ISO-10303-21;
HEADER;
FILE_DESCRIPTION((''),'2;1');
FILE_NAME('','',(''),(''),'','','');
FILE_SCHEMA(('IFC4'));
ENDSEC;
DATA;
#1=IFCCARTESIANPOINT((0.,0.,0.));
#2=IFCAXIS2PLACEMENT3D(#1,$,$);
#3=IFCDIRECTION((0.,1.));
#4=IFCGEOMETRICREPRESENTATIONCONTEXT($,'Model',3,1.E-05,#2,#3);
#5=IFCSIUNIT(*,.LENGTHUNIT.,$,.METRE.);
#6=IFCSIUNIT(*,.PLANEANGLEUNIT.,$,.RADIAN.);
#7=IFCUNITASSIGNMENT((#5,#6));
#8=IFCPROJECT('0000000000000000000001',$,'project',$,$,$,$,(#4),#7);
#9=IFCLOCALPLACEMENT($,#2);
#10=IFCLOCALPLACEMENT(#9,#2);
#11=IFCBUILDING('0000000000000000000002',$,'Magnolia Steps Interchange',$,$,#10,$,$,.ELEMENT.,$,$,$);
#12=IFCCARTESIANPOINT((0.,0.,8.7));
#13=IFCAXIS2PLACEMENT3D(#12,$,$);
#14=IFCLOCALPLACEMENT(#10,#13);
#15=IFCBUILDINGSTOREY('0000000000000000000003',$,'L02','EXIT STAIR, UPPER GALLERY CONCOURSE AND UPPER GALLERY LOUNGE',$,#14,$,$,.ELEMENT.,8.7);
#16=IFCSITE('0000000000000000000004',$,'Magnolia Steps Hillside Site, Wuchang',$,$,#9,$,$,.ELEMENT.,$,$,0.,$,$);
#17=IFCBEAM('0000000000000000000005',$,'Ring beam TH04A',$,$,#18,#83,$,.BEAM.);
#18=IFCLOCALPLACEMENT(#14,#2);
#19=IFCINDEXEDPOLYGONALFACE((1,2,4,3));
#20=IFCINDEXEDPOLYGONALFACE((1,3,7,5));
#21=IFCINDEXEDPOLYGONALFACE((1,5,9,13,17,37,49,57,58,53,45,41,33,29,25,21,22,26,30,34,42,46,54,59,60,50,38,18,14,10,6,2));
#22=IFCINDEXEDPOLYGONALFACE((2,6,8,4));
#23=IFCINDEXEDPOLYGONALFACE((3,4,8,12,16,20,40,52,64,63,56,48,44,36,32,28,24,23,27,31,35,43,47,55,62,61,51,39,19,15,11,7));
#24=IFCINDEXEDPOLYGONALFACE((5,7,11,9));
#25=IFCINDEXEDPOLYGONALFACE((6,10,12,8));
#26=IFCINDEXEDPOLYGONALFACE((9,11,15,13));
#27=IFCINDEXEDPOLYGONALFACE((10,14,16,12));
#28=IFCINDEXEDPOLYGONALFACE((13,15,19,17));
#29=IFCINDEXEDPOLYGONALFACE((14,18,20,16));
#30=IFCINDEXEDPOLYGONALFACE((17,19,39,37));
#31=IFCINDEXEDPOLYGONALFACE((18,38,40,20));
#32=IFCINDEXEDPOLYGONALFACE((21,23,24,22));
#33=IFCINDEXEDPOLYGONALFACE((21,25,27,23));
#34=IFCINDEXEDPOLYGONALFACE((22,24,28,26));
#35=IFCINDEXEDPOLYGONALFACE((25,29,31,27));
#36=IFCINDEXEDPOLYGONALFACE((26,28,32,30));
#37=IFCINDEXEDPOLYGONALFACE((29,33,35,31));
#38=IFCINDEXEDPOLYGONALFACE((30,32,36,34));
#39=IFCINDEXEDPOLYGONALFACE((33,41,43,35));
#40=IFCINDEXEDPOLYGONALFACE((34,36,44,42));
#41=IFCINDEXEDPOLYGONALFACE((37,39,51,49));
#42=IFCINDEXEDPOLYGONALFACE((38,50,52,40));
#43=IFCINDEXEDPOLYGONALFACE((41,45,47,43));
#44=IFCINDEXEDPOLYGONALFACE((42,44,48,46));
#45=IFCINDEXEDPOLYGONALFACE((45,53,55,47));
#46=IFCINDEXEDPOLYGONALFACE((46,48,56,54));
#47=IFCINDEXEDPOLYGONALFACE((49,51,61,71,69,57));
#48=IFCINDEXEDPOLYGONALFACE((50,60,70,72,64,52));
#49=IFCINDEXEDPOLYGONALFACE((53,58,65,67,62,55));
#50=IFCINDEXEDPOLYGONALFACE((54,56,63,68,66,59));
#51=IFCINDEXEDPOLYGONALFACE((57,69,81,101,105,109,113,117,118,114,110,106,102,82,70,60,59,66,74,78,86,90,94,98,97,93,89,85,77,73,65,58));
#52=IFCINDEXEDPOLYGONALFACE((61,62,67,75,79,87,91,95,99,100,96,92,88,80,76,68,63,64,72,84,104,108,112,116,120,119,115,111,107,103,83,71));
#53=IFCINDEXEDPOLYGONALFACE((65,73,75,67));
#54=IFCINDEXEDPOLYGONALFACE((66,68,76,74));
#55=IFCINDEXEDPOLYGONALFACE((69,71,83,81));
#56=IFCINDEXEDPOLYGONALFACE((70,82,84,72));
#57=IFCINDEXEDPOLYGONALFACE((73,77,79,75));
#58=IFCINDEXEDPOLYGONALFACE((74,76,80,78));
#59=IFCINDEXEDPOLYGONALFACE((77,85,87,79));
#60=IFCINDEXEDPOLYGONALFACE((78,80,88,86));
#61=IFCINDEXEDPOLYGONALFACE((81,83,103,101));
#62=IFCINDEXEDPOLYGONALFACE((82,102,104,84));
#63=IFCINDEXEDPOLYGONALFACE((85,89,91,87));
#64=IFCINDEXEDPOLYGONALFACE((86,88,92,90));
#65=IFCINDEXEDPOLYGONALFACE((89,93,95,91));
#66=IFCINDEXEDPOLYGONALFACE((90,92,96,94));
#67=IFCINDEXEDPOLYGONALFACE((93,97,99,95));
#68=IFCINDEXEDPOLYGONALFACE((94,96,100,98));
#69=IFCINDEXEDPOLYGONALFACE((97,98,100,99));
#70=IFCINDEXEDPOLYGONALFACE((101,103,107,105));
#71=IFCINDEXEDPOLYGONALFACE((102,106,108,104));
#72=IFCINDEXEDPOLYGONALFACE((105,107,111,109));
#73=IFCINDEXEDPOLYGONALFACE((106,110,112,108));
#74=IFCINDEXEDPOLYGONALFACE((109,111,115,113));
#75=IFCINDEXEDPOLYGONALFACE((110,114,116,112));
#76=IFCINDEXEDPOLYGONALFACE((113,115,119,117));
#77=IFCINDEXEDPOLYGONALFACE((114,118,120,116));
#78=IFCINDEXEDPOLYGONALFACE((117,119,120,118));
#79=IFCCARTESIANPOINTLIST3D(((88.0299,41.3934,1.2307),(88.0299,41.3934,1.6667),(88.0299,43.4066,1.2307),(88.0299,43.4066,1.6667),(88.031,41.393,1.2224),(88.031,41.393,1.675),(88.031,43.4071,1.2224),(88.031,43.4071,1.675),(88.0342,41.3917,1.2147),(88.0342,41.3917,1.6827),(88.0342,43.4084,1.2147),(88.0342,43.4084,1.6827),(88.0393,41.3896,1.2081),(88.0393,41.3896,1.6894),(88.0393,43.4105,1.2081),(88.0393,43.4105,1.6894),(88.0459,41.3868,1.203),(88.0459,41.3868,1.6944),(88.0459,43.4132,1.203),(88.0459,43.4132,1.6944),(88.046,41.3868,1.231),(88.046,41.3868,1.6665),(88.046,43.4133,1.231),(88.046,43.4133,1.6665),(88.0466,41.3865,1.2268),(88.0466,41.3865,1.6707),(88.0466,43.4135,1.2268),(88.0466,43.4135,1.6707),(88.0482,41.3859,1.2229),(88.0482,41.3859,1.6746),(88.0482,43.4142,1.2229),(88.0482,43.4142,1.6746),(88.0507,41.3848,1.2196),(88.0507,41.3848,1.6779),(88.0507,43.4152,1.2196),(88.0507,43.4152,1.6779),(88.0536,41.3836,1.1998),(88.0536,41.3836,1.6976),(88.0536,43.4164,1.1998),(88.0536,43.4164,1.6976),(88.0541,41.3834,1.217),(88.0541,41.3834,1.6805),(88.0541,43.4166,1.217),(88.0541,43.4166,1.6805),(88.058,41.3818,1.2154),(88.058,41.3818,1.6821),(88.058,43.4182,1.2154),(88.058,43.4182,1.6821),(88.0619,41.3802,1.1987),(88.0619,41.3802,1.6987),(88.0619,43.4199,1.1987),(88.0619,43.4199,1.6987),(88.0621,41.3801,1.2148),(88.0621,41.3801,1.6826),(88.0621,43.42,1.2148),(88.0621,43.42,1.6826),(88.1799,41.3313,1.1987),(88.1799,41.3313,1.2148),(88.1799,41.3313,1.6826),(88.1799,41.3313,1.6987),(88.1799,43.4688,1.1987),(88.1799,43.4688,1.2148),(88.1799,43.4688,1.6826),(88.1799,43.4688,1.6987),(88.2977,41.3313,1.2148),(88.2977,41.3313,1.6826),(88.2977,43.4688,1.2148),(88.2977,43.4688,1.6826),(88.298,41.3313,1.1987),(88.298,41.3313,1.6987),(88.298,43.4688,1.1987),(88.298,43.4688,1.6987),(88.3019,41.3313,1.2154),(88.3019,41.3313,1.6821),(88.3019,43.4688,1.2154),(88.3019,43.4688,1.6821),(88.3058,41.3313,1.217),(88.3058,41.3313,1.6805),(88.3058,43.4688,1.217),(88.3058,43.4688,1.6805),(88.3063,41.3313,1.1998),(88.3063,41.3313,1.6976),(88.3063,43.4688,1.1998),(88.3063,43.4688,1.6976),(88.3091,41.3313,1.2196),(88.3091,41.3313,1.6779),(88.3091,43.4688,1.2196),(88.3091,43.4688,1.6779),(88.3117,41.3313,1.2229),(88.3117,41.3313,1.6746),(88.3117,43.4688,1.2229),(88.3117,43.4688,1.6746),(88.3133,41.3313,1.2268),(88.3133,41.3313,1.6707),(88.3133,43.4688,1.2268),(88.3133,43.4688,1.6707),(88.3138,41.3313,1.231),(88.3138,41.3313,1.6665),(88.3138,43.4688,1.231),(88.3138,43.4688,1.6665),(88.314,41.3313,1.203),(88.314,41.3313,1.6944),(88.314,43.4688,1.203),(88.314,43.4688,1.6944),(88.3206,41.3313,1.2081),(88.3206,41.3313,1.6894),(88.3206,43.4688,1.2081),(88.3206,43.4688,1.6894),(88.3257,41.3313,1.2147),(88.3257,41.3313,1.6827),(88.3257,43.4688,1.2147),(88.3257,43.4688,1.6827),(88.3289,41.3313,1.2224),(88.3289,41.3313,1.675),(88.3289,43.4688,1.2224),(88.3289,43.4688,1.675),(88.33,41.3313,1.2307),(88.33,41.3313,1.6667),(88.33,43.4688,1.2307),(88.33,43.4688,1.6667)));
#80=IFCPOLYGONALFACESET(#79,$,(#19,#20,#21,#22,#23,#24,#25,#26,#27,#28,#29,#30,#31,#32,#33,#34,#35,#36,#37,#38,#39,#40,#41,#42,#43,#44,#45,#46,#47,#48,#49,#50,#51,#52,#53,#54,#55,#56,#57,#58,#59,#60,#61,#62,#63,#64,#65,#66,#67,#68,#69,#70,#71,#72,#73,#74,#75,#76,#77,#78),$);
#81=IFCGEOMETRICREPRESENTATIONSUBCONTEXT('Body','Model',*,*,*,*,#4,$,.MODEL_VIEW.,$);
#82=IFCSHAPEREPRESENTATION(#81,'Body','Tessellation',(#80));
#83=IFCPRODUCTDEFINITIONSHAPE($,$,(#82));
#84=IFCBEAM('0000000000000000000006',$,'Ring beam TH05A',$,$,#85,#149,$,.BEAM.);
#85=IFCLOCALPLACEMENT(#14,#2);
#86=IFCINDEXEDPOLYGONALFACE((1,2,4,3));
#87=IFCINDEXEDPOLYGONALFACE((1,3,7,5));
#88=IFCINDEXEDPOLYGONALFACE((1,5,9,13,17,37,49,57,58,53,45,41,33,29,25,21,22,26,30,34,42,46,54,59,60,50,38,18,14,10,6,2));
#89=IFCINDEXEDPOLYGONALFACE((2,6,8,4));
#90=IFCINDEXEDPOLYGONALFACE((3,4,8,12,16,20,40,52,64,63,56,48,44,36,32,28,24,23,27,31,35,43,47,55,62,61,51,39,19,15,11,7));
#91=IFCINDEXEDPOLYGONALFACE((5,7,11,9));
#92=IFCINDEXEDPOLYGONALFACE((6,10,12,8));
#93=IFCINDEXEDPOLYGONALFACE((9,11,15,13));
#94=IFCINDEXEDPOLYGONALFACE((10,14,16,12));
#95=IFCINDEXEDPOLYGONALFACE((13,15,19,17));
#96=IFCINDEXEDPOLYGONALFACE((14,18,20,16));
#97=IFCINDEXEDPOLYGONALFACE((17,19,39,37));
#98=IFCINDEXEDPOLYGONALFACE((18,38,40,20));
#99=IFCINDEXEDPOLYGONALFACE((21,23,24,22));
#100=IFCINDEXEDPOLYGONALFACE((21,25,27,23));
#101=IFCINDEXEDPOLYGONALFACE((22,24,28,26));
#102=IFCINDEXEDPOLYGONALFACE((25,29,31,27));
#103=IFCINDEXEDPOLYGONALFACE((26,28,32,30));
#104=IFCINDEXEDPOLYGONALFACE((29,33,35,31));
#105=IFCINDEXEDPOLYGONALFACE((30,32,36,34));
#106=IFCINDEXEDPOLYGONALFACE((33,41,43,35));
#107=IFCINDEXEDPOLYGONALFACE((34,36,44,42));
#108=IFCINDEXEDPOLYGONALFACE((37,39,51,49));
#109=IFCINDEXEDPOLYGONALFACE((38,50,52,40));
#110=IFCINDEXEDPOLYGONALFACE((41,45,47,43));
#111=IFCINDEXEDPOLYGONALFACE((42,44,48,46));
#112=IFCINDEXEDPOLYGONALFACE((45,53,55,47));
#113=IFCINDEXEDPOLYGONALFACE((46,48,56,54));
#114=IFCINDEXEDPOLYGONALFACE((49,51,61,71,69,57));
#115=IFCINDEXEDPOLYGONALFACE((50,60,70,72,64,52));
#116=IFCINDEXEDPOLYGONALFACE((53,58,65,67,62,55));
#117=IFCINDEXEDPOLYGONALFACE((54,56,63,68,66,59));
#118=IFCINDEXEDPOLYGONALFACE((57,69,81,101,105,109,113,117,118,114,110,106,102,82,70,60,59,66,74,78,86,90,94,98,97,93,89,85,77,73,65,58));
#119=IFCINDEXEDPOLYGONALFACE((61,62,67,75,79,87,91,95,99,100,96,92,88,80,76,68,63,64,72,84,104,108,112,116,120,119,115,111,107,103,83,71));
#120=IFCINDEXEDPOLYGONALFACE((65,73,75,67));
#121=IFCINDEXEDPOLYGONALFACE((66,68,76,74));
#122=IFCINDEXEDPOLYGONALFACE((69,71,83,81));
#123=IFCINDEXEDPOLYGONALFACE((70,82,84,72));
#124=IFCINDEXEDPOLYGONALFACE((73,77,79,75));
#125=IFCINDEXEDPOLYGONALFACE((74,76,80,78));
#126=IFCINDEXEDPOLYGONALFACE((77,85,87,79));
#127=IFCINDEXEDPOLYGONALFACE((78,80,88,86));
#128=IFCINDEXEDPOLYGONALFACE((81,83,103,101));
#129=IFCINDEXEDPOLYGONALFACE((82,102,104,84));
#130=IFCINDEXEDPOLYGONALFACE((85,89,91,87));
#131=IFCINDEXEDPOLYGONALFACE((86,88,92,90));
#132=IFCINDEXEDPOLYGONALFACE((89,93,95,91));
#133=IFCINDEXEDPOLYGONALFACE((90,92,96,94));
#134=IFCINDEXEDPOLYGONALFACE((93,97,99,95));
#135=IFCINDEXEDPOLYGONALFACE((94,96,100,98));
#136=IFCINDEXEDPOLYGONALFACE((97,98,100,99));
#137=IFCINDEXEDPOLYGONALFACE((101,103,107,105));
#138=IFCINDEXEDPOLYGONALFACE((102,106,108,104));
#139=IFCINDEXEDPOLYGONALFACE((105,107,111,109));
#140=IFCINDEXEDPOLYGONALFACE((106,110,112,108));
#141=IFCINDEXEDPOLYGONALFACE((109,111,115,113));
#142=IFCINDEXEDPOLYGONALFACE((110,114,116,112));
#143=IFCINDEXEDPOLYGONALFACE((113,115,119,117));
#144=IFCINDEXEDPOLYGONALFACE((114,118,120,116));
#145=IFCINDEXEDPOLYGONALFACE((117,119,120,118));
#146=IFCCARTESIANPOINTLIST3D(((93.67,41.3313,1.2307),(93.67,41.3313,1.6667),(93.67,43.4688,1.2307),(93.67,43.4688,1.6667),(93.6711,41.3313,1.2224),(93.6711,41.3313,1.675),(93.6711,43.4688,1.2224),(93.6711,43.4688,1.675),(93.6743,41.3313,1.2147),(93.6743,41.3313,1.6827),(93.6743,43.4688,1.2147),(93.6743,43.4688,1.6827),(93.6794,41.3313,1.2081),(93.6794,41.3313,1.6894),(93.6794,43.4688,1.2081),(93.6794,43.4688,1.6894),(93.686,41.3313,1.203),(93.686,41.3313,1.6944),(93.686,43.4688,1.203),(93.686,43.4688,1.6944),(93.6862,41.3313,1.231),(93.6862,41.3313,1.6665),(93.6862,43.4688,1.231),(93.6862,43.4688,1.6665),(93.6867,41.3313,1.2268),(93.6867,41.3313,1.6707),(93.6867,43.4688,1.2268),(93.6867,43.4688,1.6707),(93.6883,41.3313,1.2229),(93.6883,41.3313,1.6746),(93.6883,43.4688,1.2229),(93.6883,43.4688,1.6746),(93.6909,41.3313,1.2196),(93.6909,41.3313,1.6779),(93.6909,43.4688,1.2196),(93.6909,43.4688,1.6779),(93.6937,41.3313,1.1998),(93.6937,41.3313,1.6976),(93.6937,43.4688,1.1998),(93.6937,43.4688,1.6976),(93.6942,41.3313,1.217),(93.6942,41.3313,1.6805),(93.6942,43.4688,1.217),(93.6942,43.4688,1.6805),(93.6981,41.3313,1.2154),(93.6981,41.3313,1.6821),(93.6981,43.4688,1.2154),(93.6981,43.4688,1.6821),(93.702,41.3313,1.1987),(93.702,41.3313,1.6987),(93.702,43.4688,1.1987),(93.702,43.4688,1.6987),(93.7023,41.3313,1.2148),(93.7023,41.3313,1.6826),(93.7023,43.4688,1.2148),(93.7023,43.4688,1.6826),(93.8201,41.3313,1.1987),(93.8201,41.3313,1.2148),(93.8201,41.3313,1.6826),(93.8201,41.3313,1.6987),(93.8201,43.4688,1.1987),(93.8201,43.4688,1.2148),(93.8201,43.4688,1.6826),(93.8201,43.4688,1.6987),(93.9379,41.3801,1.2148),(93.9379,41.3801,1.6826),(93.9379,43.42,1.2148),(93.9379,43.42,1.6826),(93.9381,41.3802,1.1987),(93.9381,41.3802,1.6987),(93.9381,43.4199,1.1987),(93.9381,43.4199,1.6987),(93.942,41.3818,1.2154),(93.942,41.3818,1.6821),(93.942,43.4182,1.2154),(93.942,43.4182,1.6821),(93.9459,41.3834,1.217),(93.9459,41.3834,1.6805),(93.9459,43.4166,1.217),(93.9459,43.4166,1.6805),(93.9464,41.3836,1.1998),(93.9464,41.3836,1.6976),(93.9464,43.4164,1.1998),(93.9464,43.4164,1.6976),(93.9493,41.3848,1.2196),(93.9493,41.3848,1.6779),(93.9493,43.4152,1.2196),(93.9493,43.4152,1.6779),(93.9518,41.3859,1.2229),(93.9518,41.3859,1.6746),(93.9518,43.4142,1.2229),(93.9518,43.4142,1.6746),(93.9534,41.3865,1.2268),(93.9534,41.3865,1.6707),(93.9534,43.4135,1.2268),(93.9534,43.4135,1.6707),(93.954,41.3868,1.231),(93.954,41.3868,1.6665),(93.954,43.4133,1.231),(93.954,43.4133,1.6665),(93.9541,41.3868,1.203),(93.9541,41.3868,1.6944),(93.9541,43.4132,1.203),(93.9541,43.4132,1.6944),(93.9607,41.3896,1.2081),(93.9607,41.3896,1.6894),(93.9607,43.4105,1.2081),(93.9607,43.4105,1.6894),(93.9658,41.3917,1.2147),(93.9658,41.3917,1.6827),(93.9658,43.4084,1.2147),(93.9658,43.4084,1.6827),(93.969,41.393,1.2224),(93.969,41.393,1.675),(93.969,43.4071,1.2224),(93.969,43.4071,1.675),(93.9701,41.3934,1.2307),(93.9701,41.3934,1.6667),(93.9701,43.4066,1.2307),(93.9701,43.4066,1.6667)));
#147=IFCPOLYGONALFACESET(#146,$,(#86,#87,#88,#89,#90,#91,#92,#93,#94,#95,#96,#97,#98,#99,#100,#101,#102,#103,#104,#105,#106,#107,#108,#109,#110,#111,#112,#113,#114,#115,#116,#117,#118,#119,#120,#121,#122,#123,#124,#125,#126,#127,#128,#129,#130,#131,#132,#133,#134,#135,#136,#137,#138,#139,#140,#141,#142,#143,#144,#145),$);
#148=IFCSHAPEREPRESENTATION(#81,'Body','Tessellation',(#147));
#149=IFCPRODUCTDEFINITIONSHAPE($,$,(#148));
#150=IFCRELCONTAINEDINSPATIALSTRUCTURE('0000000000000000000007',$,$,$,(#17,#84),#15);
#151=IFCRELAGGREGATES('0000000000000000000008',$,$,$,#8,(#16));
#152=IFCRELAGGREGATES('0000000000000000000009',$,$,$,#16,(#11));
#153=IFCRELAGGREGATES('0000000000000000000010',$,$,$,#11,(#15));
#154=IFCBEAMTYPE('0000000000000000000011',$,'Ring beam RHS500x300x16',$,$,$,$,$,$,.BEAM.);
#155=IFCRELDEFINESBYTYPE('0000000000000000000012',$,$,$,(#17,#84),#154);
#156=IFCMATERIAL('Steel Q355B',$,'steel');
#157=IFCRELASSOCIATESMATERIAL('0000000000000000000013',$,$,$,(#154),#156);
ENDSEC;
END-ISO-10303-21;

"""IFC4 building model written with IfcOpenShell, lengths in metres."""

from ifc_helpers import new_model, si_unit, direction, frame, origin, origin_2d, place, context, subcontext, project, spatial, hollow_rectangle, extrude, clip, halfspace, material, material_profile, profile_set, type_object, element, save


model = new_model("IFC4")

# Units and contexts
model_context = context("Model", 3, precision=1e-05, world=origin(), true_north=direction((0.0, 1.0)))
body_context = subcontext(model_context, "Body", "Model", "MODEL_VIEW")
ifc_project = project(units=[si_unit("LENGTHUNIT", "METRE"), si_unit("PLANEANGLEUNIT", "RADIAN")], contexts=[model_context])

# Site, building, storey
site_placement = place(None, origin())
site = spatial("IfcSite", under=ifc_project, at=site_placement, Name="Magnolia Steps Hillside Site, Wuchang", CompositionType="ELEMENT", RefElevation=0.0)
building_placement = place(site_placement, origin())
building = spatial("IfcBuilding", under=site, at=building_placement, Name="Magnolia Steps Interchange", CompositionType="ELEMENT")
storey_placement = place(building_placement, frame((0.0, 0.0, 8.7)))
storey = spatial("IfcBuildingStorey", under=building, at=storey_placement, Name="L02", Description="EXIT STAIR, UPPER GALLERY CONCOURSE AND UPPER GALLERY LOUNGE", CompositionType="ELEMENT", Elevation=8.7)

# Beams
ifc_material_1 = material(Name="Steel Q355B", Category="steel")
ifc_material_profile_1 = material_profile(ifc_material_1, hollow_rectangle(XDim=0.3, YDim=0.5, WallThickness=0.0161, InnerFilletRadius=0.0161, OuterFilletRadius=0.032, at=origin_2d()), Name="RHS500x300x16")
ifc_profile_set_1 = profile_set([ifc_material_profile_1], Name="Steel Q355B")
beam_type = type_object("IfcBeamType", Name="Ring beam RHS500x300x16", PredefinedType="BEAM", material=ifc_profile_set_1)
for number, where, z_axis, x_axis, name in (
    (1, (88.1799, 41.3313, 1.4487), (0.0, 1.0, 0.0), (-1.0, 0.0, 0.0), "Ring beam TH04A"),
    (2, (93.8201, 43.4688, 1.4487), (0.0, -1.0, 0.0), (1.0, 0.0, 0.0), "Ring beam TH05A"),
):
    element("IfcBeam", number, at=place(storey_placement, frame(where, z_axis=z_axis, x_axis=x_axis)), inside=storey, type_object=beam_type, Name=name, PredefinedType="BEAM", context=body_context, shape_type="Clipping", body=[
        clip(clip(extrude(hollow_rectangle(XDim=0.3, YDim=0.5, WallThickness=0.0161, InnerFilletRadius=0.0161, OuterFilletRadius=0.032, at=origin_2d()), origin(), (0.0, 0.0, 1.0), 2.1375), halfspace(frame((0.0, 0.0, 0.0), z_axis=(0.382683, 0.0, -0.92388), x_axis=(0.92388, 0.0, 0.382683)), False)), halfspace(frame((0.0, 0.0, 2.1375), z_axis=(0.382683, 0.0, 0.92388), x_axis=(0.92388, 0.0, -0.382683)), False)),
    ])

save(model, "model.ifc")
